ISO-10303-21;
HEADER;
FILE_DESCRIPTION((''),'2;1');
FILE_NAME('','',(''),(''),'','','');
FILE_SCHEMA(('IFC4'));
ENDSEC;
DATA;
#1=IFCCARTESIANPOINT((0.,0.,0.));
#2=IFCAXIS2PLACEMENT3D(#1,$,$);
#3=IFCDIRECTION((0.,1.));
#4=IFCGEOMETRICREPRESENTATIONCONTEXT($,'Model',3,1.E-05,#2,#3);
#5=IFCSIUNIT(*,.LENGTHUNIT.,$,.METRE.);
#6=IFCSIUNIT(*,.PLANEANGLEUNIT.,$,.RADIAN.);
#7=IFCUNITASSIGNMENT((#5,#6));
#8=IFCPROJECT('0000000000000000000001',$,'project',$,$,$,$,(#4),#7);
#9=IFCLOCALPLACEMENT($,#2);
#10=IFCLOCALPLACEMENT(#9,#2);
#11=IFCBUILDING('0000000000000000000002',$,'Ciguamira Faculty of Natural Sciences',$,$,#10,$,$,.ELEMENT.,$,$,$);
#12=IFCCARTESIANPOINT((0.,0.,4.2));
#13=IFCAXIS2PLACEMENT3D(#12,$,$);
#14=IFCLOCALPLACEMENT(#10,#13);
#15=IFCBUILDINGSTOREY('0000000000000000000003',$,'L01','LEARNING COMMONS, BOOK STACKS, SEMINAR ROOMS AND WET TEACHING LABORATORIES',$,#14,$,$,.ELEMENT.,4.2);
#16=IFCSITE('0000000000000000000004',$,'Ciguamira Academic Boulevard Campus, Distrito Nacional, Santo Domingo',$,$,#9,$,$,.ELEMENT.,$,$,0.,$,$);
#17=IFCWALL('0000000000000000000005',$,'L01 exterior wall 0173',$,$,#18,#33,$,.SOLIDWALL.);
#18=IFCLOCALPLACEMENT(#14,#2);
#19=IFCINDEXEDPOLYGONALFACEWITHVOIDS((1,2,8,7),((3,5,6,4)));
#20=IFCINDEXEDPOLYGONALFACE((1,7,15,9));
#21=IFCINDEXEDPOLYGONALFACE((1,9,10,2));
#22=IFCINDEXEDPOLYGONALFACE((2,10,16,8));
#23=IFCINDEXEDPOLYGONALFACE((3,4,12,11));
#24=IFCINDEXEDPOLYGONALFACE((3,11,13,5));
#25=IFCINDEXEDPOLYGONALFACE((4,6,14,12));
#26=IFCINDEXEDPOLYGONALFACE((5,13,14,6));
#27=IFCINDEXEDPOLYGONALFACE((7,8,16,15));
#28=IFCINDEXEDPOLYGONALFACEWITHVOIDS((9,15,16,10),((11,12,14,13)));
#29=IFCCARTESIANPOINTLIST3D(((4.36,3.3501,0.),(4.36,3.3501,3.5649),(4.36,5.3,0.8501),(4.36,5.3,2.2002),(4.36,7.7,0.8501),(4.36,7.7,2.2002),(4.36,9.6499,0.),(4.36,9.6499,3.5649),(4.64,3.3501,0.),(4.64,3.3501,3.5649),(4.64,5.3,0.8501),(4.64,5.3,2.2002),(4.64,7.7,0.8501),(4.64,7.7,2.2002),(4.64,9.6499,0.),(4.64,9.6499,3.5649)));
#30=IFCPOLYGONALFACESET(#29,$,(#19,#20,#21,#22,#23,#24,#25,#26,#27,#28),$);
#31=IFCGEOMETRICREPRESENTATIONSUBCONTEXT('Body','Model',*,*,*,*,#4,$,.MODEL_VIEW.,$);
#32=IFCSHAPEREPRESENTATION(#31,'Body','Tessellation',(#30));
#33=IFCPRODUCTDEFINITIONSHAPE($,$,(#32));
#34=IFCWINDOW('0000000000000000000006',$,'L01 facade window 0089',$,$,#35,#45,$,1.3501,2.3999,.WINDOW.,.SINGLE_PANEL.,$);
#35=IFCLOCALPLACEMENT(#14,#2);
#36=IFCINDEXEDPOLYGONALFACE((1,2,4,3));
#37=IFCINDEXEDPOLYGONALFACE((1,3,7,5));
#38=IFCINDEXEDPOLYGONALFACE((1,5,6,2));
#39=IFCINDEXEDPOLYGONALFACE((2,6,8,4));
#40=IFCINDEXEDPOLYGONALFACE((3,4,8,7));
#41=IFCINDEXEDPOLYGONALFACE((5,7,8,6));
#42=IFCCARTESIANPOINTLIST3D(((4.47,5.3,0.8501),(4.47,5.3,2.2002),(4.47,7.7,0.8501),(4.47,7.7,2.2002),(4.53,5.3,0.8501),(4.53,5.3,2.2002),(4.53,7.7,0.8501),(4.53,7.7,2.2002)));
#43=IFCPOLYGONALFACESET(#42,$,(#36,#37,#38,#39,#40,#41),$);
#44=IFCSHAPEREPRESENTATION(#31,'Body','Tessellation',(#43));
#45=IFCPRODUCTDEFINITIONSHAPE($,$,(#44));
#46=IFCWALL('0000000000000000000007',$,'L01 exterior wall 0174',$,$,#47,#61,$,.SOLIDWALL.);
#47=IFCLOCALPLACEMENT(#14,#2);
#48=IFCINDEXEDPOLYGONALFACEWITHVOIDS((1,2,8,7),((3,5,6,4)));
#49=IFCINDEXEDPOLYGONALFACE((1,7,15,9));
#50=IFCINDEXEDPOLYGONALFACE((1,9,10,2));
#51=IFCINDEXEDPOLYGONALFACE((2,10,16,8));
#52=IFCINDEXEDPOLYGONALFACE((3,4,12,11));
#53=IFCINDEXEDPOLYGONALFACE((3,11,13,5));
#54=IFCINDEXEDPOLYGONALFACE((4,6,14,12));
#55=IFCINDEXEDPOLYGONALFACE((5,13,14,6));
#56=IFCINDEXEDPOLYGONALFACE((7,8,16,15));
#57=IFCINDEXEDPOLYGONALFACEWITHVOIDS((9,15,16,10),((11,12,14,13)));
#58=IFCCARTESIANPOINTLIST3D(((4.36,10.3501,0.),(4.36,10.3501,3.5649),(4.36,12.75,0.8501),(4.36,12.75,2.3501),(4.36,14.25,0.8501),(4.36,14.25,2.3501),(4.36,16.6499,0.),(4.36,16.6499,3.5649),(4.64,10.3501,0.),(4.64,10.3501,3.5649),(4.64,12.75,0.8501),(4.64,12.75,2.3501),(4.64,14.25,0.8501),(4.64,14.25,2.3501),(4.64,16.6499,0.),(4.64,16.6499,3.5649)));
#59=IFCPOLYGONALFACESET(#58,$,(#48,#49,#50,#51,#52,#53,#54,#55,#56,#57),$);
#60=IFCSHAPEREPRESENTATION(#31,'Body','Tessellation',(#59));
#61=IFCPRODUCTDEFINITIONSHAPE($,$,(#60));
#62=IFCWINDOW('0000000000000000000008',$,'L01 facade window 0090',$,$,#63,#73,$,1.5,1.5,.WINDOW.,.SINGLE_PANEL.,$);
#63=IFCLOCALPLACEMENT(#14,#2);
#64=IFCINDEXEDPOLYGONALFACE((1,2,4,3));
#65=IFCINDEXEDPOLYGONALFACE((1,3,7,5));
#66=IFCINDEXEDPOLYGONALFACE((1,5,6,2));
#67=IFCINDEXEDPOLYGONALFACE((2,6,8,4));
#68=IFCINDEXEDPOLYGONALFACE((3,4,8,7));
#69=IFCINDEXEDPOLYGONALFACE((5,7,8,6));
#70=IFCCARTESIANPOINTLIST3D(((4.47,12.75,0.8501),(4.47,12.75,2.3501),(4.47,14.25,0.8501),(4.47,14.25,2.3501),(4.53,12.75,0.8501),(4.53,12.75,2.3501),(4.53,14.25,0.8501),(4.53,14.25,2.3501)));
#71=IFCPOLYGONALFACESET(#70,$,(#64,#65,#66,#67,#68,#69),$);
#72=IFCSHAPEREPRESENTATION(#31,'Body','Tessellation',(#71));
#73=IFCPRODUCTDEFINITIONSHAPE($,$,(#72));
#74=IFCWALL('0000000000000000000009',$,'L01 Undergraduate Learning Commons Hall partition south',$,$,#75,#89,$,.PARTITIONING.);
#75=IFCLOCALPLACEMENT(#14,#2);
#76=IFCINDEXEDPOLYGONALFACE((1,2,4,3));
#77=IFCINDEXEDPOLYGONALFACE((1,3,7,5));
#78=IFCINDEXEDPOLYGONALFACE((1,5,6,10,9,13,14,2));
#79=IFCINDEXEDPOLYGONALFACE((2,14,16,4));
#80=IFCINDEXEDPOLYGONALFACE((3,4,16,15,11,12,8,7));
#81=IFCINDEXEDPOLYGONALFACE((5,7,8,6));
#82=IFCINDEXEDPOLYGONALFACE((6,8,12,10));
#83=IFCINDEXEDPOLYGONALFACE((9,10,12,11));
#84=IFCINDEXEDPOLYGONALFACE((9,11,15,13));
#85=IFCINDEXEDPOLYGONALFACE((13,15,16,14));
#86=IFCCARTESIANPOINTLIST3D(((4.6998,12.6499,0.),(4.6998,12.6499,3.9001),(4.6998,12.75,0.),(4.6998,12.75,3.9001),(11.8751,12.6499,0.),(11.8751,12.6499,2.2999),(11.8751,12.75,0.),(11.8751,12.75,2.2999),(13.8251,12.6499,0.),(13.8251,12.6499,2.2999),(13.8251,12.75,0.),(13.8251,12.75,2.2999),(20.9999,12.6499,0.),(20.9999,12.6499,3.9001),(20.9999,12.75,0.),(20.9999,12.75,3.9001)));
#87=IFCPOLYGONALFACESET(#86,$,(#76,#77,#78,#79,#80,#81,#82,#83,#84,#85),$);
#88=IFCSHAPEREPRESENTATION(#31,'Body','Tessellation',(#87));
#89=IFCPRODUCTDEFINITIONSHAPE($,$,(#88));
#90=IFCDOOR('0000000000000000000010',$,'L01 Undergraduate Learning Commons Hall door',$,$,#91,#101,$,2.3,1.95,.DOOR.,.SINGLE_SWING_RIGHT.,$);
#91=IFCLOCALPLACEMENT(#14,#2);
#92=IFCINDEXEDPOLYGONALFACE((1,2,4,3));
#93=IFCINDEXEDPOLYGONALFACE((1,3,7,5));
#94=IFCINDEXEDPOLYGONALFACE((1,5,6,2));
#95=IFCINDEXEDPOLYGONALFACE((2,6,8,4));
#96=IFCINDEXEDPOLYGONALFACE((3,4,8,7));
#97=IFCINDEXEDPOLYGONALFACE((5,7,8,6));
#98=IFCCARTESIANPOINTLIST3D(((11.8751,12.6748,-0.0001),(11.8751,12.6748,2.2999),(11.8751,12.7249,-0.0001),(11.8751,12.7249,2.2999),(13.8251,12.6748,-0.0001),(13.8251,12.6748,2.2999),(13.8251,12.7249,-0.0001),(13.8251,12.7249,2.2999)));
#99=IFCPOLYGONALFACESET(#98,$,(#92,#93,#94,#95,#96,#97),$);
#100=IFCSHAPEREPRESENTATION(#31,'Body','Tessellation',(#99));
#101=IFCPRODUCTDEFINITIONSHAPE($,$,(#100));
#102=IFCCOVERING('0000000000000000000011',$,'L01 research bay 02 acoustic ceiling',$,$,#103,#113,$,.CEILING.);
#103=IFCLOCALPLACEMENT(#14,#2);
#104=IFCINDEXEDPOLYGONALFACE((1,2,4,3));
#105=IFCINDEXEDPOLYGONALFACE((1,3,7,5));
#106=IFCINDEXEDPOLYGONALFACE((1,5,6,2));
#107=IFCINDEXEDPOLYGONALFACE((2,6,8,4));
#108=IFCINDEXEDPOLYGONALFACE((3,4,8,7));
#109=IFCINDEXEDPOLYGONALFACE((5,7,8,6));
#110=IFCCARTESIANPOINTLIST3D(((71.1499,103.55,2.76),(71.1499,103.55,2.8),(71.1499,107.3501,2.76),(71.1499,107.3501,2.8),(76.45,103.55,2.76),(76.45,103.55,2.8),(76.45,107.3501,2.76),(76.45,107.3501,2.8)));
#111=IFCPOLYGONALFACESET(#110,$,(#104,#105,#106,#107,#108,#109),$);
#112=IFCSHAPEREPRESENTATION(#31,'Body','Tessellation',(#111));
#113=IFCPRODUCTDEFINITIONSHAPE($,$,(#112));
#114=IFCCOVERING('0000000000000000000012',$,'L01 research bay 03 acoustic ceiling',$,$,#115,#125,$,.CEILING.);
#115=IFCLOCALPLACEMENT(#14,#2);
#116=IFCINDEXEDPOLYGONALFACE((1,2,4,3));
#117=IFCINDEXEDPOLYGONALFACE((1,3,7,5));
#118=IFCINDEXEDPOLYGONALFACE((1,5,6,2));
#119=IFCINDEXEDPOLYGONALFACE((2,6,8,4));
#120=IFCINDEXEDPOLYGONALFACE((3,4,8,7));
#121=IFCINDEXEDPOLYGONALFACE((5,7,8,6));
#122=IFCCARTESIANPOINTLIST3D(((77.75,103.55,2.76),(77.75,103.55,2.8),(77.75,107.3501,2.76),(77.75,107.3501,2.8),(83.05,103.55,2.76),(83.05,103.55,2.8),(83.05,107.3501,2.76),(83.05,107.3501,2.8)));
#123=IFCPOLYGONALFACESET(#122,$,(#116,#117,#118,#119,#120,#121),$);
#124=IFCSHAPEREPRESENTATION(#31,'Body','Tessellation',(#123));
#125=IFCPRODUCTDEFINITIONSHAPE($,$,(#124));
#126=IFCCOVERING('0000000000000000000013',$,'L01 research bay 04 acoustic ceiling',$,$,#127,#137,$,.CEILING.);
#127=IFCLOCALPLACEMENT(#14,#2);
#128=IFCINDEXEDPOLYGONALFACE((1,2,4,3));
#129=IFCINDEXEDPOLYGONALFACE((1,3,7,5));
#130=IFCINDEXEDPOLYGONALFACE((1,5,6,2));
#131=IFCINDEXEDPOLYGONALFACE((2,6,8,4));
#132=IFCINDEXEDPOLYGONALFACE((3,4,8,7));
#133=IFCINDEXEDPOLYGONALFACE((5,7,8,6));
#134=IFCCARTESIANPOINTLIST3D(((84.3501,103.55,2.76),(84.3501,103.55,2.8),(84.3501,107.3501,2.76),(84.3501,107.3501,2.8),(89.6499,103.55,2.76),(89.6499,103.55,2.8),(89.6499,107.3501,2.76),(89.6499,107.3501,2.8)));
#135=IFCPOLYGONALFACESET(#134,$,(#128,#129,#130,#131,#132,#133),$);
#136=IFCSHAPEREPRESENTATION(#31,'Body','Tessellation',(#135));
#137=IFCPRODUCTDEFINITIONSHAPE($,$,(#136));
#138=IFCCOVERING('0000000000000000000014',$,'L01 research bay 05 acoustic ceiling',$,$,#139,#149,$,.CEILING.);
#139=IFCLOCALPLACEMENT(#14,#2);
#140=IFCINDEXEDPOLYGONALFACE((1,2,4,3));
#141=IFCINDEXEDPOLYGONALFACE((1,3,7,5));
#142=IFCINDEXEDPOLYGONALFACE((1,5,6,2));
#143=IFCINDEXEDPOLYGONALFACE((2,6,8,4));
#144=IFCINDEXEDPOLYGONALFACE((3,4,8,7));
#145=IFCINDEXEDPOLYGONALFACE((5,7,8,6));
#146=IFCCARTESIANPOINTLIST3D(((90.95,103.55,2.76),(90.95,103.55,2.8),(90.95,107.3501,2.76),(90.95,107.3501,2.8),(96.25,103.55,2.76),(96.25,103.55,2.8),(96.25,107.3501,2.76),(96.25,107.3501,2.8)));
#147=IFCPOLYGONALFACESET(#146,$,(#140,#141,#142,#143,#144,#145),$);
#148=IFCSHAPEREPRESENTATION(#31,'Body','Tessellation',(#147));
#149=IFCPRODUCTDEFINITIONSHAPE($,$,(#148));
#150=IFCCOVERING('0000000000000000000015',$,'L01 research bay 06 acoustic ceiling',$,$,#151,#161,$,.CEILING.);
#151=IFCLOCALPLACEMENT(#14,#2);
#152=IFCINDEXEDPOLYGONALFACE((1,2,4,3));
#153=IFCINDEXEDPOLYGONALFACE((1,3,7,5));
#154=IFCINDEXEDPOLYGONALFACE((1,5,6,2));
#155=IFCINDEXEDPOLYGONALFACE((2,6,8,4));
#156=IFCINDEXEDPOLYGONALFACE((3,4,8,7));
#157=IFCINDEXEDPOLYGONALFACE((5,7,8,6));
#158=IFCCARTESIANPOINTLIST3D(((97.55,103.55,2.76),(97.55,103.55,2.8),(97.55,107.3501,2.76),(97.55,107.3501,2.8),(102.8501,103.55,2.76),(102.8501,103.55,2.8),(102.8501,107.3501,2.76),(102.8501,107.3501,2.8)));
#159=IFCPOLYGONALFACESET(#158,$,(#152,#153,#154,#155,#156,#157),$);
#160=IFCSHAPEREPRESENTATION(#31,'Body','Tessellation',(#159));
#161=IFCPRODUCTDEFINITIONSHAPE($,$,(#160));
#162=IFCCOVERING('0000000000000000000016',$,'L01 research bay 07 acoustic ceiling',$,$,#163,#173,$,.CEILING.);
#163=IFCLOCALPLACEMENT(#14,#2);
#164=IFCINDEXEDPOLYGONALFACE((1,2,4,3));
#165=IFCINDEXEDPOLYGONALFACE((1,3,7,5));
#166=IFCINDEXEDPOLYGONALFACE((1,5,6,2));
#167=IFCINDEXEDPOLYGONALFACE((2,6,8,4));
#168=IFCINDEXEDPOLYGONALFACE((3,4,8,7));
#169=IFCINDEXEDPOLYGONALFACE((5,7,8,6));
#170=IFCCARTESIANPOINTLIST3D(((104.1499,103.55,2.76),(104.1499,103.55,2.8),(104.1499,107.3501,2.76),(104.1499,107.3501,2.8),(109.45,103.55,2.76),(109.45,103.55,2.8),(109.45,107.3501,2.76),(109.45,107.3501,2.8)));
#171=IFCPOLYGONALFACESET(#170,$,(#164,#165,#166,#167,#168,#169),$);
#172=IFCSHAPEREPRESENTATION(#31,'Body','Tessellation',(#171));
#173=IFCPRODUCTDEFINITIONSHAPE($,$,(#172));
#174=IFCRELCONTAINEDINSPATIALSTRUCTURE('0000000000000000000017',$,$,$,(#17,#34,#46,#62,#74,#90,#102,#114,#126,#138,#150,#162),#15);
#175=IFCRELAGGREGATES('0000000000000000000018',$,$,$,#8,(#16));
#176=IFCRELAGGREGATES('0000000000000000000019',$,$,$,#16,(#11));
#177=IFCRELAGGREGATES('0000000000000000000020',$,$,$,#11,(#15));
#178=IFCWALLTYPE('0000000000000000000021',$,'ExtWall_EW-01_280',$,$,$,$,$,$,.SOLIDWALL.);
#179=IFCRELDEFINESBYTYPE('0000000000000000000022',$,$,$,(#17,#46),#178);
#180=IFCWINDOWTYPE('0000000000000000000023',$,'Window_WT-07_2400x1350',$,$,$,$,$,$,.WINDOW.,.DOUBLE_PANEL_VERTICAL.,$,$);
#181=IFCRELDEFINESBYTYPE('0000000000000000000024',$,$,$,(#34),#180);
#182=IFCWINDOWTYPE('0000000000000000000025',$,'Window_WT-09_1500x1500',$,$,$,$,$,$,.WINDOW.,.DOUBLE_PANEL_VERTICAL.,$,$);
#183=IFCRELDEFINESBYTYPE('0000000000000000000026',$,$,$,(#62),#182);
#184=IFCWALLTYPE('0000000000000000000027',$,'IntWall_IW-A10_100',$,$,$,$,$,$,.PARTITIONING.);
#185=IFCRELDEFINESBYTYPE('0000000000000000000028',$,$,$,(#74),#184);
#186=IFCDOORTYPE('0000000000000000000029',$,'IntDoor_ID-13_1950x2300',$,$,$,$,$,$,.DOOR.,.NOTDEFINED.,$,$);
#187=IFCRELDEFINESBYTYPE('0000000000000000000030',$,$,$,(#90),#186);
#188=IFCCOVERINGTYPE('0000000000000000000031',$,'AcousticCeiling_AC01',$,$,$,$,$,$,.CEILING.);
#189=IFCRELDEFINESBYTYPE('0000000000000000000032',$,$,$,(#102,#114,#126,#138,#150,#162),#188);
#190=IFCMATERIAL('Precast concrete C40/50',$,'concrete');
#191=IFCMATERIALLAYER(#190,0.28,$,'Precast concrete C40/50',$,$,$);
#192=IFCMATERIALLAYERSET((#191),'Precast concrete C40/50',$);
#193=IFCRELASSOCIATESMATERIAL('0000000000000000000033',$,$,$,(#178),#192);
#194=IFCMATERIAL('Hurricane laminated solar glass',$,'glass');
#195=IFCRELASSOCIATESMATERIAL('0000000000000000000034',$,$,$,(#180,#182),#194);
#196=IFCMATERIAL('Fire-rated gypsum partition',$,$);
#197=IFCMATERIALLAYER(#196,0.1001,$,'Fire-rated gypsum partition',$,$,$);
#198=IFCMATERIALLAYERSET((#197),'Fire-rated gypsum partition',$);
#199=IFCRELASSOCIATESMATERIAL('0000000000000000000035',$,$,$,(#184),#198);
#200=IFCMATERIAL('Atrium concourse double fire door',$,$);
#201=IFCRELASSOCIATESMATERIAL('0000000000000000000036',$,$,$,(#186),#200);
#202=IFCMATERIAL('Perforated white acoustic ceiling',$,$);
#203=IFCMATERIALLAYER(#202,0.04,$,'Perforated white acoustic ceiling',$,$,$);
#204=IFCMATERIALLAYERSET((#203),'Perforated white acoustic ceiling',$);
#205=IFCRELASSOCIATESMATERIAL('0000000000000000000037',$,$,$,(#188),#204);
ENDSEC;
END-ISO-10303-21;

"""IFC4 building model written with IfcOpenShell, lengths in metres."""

from ifc_helpers import new_model, si_unit, direction, frame, frame_2d, origin, place, context, subcontext, project, spatial, polyline, rectangle, outline, extrude, material, layer, layer_set, type_object, element, fill, save


model = new_model("IFC4")

# Units and contexts
model_context = context("Model", 3, precision=1e-05, world=origin(), true_north=direction((0.0, 1.0)))
body_context = subcontext(model_context, "Body", "Model", "MODEL_VIEW")
ifc_project = project(units=[si_unit("LENGTHUNIT", "METRE"), si_unit("PLANEANGLEUNIT", "RADIAN")], contexts=[model_context])

# Site, building, storey
site_placement = place(None, origin())
site = spatial("IfcSite", under=ifc_project, at=site_placement, Name="Ciguamira Academic Boulevard Campus, Distrito Nacional, Santo Domingo", CompositionType="ELEMENT", RefElevation=0.0)
building_placement = place(site_placement, origin())
building = spatial("IfcBuilding", under=site, at=building_placement, Name="Ciguamira Faculty of Natural Sciences", CompositionType="ELEMENT")
storey_placement = place(building_placement, frame((0.0, 0.0, 4.2)))
storey = spatial("IfcBuildingStorey", under=building, at=storey_placement, Name="L01", Description="LEARNING COMMONS, BOOK STACKS, SEMINAR ROOMS AND WET TEACHING LABORATORIES", CompositionType="ELEMENT", Elevation=4.2)

# Shared definitions
ifc_material_1 = material(Name="Precast concrete C40/50", Category="concrete")

# Walls, openings, windows
ifc_layer_1 = layer(ifc_material_1, 0.28, Name="Precast concrete C40/50")
ifc_layer_set_1 = layer_set([ifc_layer_1], Name="Precast concrete C40/50")
wall_type_1 = type_object("IfcWallType", Name="ExtWall_EW-01_280", PredefinedType="SOLIDWALL", material=ifc_layer_set_1)
ifc_material_2 = material(Name="Hurricane laminated solar glass", Category="glass")
wall_1_placement = place(storey_placement, frame((4.5, 3.3501, 0.0), z_axis=(0.0, 0.0, 1.0), x_axis=(0.0, 1.0, 0.0)))
wall_1 = element("IfcWall", 1, at=wall_1_placement, inside=storey, type_object=wall_type_1, Name="L01 exterior wall 0173", PredefinedType="SOLIDWALL", context=body_context, shape_type="SweptSolid", body=[
    extrude(rectangle(XDim=6.2998, YDim=0.28, at=frame_2d((3.1499, 0.0))), origin(), (0.0, 0.0, 1.0), 3.5649),
])
opening_1_placement = place(wall_1_placement, frame((1.95, 0.0, 0.8501)))
opening_1 = element("IfcOpeningElement", 2, at=opening_1_placement, cuts=wall_1, PredefinedType="OPENING", context=body_context, shape_type="SweptSolid", body=[
    extrude(rectangle(XDim=2.3999, YDim=1.3501, at=frame_2d((1.2, 0.675))), frame((0.0, 0.1499, 0.0), z_axis=(0.0, -1.0, 0.0), x_axis=(1.0, 0.0, 0.0)), (0.0, 0.0, 1.0), 0.3),
])
window_type_1 = type_object("IfcWindowType", Name="Window_WT-07_2400x1350", PartitioningType="DOUBLE_PANEL_VERTICAL", PredefinedType="WINDOW", material=ifc_material_2)
window_1_placement = place(opening_1_placement, origin())
window_1 = element("IfcWindow", 3, at=window_1_placement, inside=storey, type_object=window_type_1, Name="L01 facade window 0089", OverallHeight=1.3501, OverallWidth=2.3999, PartitioningType="SINGLE_PANEL", PredefinedType="WINDOW", context=body_context, shape_type="SweptSolid", body=[
    extrude(rectangle(XDim=2.3999, YDim=1.3501, at=frame_2d((1.2, 0.675))), frame((0.0, 0.03, 0.0), z_axis=(0.0, -1.0, 0.0), x_axis=(1.0, 0.0, 0.0)), (0.0, 0.0, 1.0), 0.0601),
])
fill(opening_1, window_1)
wall_2_placement = place(storey_placement, frame((4.5, 10.3501, 0.0), z_axis=(0.0, 0.0, 1.0), x_axis=(0.0, 1.0, 0.0)))
wall_2 = element("IfcWall", 4, at=wall_2_placement, inside=storey, type_object=wall_type_1, Name="L01 exterior wall 0174", PredefinedType="SOLIDWALL", context=body_context, shape_type="SweptSolid", body=[
    extrude(rectangle(XDim=6.2998, YDim=0.28, at=frame_2d((3.1499, 0.0))), origin(), (0.0, 0.0, 1.0), 3.5649),
])
opening_2_placement = place(wall_2_placement, frame((2.3999, 0.0, 0.8501)))
opening_2 = element("IfcOpeningElement", 5, at=opening_2_placement, cuts=wall_2, PredefinedType="OPENING", context=body_context, shape_type="SweptSolid", body=[
    extrude(rectangle(XDim=1.5, YDim=1.5, at=frame_2d((0.75, 0.75))), frame((0.0, 0.1499, 0.0), z_axis=(0.0, -1.0, 0.0), x_axis=(1.0, 0.0, 0.0)), (0.0, 0.0, 1.0), 0.3),
])
window_type_2 = type_object("IfcWindowType", Name="Window_WT-09_1500x1500", PartitioningType="DOUBLE_PANEL_VERTICAL", PredefinedType="WINDOW", material=ifc_material_2)
window_2_placement = place(opening_2_placement, origin())
window_2 = element("IfcWindow", 6, at=window_2_placement, inside=storey, type_object=window_type_2, Name="L01 facade window 0090", OverallHeight=1.5, OverallWidth=1.5, PartitioningType="SINGLE_PANEL", PredefinedType="WINDOW", context=body_context, shape_type="SweptSolid", body=[
    extrude(rectangle(XDim=1.5, YDim=1.5, at=frame_2d((0.75, 0.75))), frame((0.0, 0.03, 0.0), z_axis=(0.0, -1.0, 0.0), x_axis=(1.0, 0.0, 0.0)), (0.0, 0.0, 1.0), 0.0601),
])
fill(opening_2, window_2)

# Wall, opening, door
ifc_material_3 = material(Name="Fire-rated gypsum partition")
ifc_layer_2 = layer(ifc_material_3, 0.1001, Name="Fire-rated gypsum partition")
ifc_layer_set_2 = layer_set([ifc_layer_2], Name="Fire-rated gypsum partition")
wall_type_2 = type_object("IfcWallType", Name="IntWall_IW-A10_100", PredefinedType="PARTITIONING", material=ifc_layer_set_2)
wall_3_placement = place(storey_placement, frame((4.7, 12.7, 0.0), z_axis=(0.0, 0.0, 1.0), x_axis=(1.0, 0.0, 0.0)))
wall_3 = element("IfcWall", 7, at=wall_3_placement, inside=storey, type_object=wall_type_2, Name="L01 Undergraduate Learning Commons Hall partition south", PredefinedType="PARTITIONING", context=body_context, shape_type="SweptSolid", body=[
    extrude(rectangle(XDim=16.3, YDim=0.1001, at=frame_2d((8.1499, 0.0))), origin(), (0.0, 0.0, 1.0), 3.9001),
])
opening_3_placement = place(wall_3_placement, frame((7.175, 0.0, 0.0)))
opening_3 = element("IfcOpeningElement", 8, at=opening_3_placement, cuts=wall_3, PredefinedType="OPENING", context=body_context, shape_type="SweptSolid", body=[
    extrude(rectangle(XDim=1.95, YDim=2.3, at=frame_2d((0.9751, 1.1499))), frame((0.0, 0.0601, 0.0), z_axis=(0.0, -1.0, 0.0), x_axis=(1.0, 0.0, 0.0)), (0.0, 0.0, 1.0), 0.1201),
])
ifc_material_4 = material(Name="Atrium concourse double fire door")
door_type = type_object("IfcDoorType", Name="IntDoor_ID-13_1950x2300", OperationType="NOTDEFINED", PredefinedType="DOOR", material=ifc_material_4)
door_placement = place(opening_3_placement, origin())
door = element("IfcDoor", 9, at=door_placement, inside=storey, type_object=door_type, Name="L01 Undergraduate Learning Commons Hall door", OperationType="SINGLE_SWING_RIGHT", OverallHeight=2.3, OverallWidth=1.95, PredefinedType="DOOR", context=body_context, shape_type="SweptSolid", body=[
    extrude(rectangle(XDim=1.95, YDim=2.3, at=frame_2d((0.9751, 1.1499))), frame((0.0, 0.0249, 0.0), z_axis=(0.0, -1.0, 0.0), x_axis=(1.0, 0.0, 0.0)), (0.0, 0.0, 1.0), 0.05),
])
fill(opening_3, door)

# Coverings
ifc_material_5 = material(Name="Perforated white acoustic ceiling")
ifc_layer_3 = layer(ifc_material_5, 0.04, Name="Perforated white acoustic ceiling")
ifc_layer_set_3 = layer_set([ifc_layer_3], Name="Perforated white acoustic ceiling")
covering_type = type_object("IfcCoveringType", Name="AcousticCeiling_AC01", PredefinedType="CEILING", material=ifc_layer_set_3)
covering_1_placement = place(storey_placement, frame((0.0, 0.0, 2.76)))
element("IfcCovering", 10, at=covering_1_placement, inside=storey, type_object=covering_type, Name="L01 research bay 02 acoustic ceiling", PredefinedType="CEILING", context=body_context, shape_type="SweptSolid", body=[
    extrude(outline(polyline([(71.1499, 103.55), (76.45, 103.55), (76.45, 107.3501), (71.1499, 107.3501), (71.1499, 103.55)])), origin(), (0.0, 0.0, 1.0), 0.04),
])
covering_2_placement = place(storey_placement, frame((0.0, 0.0, 2.76)))
element("IfcCovering", 11, at=covering_2_placement, inside=storey, type_object=covering_type, Name="L01 research bay 03 acoustic ceiling", PredefinedType="CEILING", context=body_context, shape_type="SweptSolid", body=[
    extrude(outline(polyline([(77.75, 103.55), (83.05, 103.55), (83.05, 107.3501), (77.75, 107.3501), (77.75, 103.55)])), origin(), (0.0, 0.0, 1.0), 0.04),
])
covering_3_placement = place(storey_placement, frame((0.0, 0.0, 2.76)))
element("IfcCovering", 12, at=covering_3_placement, inside=storey, type_object=covering_type, Name="L01 research bay 04 acoustic ceiling", PredefinedType="CEILING", context=body_context, shape_type="SweptSolid", body=[
    extrude(outline(polyline([(84.3501, 103.55), (89.6499, 103.55), (89.6499, 107.3501), (84.3501, 107.3501), (84.3501, 103.55)])), origin(), (0.0, 0.0, 1.0), 0.04),
])
covering_4_placement = place(storey_placement, frame((0.0, 0.0, 2.76)))
element("IfcCovering", 13, at=covering_4_placement, inside=storey, type_object=covering_type, Name="L01 research bay 05 acoustic ceiling", PredefinedType="CEILING", context=body_context, shape_type="SweptSolid", body=[
    extrude(outline(polyline([(90.95, 103.55), (96.25, 103.55), (96.25, 107.3501), (90.95, 107.3501), (90.95, 103.55)])), origin(), (0.0, 0.0, 1.0), 0.04),
])
covering_5_placement = place(storey_placement, frame((0.0, 0.0, 2.76)))
element("IfcCovering", 14, at=covering_5_placement, inside=storey, type_object=covering_type, Name="L01 research bay 06 acoustic ceiling", PredefinedType="CEILING", context=body_context, shape_type="SweptSolid", body=[
    extrude(outline(polyline([(97.55, 103.55), (102.8501, 103.55), (102.8501, 107.3501), (97.55, 107.3501), (97.55, 103.55)])), origin(), (0.0, 0.0, 1.0), 0.04),
])
covering_6_placement = place(storey_placement, frame((0.0, 0.0, 2.76)))
element("IfcCovering", 15, at=covering_6_placement, inside=storey, type_object=covering_type, Name="L01 research bay 07 acoustic ceiling", PredefinedType="CEILING", context=body_context, shape_type="SweptSolid", body=[
    extrude(outline(polyline([(104.1499, 103.55), (109.45, 103.55), (109.45, 107.3501), (104.1499, 107.3501), (104.1499, 103.55)])), origin(), (0.0, 0.0, 1.0), 0.04),
])

save(model, "model.ifc")
